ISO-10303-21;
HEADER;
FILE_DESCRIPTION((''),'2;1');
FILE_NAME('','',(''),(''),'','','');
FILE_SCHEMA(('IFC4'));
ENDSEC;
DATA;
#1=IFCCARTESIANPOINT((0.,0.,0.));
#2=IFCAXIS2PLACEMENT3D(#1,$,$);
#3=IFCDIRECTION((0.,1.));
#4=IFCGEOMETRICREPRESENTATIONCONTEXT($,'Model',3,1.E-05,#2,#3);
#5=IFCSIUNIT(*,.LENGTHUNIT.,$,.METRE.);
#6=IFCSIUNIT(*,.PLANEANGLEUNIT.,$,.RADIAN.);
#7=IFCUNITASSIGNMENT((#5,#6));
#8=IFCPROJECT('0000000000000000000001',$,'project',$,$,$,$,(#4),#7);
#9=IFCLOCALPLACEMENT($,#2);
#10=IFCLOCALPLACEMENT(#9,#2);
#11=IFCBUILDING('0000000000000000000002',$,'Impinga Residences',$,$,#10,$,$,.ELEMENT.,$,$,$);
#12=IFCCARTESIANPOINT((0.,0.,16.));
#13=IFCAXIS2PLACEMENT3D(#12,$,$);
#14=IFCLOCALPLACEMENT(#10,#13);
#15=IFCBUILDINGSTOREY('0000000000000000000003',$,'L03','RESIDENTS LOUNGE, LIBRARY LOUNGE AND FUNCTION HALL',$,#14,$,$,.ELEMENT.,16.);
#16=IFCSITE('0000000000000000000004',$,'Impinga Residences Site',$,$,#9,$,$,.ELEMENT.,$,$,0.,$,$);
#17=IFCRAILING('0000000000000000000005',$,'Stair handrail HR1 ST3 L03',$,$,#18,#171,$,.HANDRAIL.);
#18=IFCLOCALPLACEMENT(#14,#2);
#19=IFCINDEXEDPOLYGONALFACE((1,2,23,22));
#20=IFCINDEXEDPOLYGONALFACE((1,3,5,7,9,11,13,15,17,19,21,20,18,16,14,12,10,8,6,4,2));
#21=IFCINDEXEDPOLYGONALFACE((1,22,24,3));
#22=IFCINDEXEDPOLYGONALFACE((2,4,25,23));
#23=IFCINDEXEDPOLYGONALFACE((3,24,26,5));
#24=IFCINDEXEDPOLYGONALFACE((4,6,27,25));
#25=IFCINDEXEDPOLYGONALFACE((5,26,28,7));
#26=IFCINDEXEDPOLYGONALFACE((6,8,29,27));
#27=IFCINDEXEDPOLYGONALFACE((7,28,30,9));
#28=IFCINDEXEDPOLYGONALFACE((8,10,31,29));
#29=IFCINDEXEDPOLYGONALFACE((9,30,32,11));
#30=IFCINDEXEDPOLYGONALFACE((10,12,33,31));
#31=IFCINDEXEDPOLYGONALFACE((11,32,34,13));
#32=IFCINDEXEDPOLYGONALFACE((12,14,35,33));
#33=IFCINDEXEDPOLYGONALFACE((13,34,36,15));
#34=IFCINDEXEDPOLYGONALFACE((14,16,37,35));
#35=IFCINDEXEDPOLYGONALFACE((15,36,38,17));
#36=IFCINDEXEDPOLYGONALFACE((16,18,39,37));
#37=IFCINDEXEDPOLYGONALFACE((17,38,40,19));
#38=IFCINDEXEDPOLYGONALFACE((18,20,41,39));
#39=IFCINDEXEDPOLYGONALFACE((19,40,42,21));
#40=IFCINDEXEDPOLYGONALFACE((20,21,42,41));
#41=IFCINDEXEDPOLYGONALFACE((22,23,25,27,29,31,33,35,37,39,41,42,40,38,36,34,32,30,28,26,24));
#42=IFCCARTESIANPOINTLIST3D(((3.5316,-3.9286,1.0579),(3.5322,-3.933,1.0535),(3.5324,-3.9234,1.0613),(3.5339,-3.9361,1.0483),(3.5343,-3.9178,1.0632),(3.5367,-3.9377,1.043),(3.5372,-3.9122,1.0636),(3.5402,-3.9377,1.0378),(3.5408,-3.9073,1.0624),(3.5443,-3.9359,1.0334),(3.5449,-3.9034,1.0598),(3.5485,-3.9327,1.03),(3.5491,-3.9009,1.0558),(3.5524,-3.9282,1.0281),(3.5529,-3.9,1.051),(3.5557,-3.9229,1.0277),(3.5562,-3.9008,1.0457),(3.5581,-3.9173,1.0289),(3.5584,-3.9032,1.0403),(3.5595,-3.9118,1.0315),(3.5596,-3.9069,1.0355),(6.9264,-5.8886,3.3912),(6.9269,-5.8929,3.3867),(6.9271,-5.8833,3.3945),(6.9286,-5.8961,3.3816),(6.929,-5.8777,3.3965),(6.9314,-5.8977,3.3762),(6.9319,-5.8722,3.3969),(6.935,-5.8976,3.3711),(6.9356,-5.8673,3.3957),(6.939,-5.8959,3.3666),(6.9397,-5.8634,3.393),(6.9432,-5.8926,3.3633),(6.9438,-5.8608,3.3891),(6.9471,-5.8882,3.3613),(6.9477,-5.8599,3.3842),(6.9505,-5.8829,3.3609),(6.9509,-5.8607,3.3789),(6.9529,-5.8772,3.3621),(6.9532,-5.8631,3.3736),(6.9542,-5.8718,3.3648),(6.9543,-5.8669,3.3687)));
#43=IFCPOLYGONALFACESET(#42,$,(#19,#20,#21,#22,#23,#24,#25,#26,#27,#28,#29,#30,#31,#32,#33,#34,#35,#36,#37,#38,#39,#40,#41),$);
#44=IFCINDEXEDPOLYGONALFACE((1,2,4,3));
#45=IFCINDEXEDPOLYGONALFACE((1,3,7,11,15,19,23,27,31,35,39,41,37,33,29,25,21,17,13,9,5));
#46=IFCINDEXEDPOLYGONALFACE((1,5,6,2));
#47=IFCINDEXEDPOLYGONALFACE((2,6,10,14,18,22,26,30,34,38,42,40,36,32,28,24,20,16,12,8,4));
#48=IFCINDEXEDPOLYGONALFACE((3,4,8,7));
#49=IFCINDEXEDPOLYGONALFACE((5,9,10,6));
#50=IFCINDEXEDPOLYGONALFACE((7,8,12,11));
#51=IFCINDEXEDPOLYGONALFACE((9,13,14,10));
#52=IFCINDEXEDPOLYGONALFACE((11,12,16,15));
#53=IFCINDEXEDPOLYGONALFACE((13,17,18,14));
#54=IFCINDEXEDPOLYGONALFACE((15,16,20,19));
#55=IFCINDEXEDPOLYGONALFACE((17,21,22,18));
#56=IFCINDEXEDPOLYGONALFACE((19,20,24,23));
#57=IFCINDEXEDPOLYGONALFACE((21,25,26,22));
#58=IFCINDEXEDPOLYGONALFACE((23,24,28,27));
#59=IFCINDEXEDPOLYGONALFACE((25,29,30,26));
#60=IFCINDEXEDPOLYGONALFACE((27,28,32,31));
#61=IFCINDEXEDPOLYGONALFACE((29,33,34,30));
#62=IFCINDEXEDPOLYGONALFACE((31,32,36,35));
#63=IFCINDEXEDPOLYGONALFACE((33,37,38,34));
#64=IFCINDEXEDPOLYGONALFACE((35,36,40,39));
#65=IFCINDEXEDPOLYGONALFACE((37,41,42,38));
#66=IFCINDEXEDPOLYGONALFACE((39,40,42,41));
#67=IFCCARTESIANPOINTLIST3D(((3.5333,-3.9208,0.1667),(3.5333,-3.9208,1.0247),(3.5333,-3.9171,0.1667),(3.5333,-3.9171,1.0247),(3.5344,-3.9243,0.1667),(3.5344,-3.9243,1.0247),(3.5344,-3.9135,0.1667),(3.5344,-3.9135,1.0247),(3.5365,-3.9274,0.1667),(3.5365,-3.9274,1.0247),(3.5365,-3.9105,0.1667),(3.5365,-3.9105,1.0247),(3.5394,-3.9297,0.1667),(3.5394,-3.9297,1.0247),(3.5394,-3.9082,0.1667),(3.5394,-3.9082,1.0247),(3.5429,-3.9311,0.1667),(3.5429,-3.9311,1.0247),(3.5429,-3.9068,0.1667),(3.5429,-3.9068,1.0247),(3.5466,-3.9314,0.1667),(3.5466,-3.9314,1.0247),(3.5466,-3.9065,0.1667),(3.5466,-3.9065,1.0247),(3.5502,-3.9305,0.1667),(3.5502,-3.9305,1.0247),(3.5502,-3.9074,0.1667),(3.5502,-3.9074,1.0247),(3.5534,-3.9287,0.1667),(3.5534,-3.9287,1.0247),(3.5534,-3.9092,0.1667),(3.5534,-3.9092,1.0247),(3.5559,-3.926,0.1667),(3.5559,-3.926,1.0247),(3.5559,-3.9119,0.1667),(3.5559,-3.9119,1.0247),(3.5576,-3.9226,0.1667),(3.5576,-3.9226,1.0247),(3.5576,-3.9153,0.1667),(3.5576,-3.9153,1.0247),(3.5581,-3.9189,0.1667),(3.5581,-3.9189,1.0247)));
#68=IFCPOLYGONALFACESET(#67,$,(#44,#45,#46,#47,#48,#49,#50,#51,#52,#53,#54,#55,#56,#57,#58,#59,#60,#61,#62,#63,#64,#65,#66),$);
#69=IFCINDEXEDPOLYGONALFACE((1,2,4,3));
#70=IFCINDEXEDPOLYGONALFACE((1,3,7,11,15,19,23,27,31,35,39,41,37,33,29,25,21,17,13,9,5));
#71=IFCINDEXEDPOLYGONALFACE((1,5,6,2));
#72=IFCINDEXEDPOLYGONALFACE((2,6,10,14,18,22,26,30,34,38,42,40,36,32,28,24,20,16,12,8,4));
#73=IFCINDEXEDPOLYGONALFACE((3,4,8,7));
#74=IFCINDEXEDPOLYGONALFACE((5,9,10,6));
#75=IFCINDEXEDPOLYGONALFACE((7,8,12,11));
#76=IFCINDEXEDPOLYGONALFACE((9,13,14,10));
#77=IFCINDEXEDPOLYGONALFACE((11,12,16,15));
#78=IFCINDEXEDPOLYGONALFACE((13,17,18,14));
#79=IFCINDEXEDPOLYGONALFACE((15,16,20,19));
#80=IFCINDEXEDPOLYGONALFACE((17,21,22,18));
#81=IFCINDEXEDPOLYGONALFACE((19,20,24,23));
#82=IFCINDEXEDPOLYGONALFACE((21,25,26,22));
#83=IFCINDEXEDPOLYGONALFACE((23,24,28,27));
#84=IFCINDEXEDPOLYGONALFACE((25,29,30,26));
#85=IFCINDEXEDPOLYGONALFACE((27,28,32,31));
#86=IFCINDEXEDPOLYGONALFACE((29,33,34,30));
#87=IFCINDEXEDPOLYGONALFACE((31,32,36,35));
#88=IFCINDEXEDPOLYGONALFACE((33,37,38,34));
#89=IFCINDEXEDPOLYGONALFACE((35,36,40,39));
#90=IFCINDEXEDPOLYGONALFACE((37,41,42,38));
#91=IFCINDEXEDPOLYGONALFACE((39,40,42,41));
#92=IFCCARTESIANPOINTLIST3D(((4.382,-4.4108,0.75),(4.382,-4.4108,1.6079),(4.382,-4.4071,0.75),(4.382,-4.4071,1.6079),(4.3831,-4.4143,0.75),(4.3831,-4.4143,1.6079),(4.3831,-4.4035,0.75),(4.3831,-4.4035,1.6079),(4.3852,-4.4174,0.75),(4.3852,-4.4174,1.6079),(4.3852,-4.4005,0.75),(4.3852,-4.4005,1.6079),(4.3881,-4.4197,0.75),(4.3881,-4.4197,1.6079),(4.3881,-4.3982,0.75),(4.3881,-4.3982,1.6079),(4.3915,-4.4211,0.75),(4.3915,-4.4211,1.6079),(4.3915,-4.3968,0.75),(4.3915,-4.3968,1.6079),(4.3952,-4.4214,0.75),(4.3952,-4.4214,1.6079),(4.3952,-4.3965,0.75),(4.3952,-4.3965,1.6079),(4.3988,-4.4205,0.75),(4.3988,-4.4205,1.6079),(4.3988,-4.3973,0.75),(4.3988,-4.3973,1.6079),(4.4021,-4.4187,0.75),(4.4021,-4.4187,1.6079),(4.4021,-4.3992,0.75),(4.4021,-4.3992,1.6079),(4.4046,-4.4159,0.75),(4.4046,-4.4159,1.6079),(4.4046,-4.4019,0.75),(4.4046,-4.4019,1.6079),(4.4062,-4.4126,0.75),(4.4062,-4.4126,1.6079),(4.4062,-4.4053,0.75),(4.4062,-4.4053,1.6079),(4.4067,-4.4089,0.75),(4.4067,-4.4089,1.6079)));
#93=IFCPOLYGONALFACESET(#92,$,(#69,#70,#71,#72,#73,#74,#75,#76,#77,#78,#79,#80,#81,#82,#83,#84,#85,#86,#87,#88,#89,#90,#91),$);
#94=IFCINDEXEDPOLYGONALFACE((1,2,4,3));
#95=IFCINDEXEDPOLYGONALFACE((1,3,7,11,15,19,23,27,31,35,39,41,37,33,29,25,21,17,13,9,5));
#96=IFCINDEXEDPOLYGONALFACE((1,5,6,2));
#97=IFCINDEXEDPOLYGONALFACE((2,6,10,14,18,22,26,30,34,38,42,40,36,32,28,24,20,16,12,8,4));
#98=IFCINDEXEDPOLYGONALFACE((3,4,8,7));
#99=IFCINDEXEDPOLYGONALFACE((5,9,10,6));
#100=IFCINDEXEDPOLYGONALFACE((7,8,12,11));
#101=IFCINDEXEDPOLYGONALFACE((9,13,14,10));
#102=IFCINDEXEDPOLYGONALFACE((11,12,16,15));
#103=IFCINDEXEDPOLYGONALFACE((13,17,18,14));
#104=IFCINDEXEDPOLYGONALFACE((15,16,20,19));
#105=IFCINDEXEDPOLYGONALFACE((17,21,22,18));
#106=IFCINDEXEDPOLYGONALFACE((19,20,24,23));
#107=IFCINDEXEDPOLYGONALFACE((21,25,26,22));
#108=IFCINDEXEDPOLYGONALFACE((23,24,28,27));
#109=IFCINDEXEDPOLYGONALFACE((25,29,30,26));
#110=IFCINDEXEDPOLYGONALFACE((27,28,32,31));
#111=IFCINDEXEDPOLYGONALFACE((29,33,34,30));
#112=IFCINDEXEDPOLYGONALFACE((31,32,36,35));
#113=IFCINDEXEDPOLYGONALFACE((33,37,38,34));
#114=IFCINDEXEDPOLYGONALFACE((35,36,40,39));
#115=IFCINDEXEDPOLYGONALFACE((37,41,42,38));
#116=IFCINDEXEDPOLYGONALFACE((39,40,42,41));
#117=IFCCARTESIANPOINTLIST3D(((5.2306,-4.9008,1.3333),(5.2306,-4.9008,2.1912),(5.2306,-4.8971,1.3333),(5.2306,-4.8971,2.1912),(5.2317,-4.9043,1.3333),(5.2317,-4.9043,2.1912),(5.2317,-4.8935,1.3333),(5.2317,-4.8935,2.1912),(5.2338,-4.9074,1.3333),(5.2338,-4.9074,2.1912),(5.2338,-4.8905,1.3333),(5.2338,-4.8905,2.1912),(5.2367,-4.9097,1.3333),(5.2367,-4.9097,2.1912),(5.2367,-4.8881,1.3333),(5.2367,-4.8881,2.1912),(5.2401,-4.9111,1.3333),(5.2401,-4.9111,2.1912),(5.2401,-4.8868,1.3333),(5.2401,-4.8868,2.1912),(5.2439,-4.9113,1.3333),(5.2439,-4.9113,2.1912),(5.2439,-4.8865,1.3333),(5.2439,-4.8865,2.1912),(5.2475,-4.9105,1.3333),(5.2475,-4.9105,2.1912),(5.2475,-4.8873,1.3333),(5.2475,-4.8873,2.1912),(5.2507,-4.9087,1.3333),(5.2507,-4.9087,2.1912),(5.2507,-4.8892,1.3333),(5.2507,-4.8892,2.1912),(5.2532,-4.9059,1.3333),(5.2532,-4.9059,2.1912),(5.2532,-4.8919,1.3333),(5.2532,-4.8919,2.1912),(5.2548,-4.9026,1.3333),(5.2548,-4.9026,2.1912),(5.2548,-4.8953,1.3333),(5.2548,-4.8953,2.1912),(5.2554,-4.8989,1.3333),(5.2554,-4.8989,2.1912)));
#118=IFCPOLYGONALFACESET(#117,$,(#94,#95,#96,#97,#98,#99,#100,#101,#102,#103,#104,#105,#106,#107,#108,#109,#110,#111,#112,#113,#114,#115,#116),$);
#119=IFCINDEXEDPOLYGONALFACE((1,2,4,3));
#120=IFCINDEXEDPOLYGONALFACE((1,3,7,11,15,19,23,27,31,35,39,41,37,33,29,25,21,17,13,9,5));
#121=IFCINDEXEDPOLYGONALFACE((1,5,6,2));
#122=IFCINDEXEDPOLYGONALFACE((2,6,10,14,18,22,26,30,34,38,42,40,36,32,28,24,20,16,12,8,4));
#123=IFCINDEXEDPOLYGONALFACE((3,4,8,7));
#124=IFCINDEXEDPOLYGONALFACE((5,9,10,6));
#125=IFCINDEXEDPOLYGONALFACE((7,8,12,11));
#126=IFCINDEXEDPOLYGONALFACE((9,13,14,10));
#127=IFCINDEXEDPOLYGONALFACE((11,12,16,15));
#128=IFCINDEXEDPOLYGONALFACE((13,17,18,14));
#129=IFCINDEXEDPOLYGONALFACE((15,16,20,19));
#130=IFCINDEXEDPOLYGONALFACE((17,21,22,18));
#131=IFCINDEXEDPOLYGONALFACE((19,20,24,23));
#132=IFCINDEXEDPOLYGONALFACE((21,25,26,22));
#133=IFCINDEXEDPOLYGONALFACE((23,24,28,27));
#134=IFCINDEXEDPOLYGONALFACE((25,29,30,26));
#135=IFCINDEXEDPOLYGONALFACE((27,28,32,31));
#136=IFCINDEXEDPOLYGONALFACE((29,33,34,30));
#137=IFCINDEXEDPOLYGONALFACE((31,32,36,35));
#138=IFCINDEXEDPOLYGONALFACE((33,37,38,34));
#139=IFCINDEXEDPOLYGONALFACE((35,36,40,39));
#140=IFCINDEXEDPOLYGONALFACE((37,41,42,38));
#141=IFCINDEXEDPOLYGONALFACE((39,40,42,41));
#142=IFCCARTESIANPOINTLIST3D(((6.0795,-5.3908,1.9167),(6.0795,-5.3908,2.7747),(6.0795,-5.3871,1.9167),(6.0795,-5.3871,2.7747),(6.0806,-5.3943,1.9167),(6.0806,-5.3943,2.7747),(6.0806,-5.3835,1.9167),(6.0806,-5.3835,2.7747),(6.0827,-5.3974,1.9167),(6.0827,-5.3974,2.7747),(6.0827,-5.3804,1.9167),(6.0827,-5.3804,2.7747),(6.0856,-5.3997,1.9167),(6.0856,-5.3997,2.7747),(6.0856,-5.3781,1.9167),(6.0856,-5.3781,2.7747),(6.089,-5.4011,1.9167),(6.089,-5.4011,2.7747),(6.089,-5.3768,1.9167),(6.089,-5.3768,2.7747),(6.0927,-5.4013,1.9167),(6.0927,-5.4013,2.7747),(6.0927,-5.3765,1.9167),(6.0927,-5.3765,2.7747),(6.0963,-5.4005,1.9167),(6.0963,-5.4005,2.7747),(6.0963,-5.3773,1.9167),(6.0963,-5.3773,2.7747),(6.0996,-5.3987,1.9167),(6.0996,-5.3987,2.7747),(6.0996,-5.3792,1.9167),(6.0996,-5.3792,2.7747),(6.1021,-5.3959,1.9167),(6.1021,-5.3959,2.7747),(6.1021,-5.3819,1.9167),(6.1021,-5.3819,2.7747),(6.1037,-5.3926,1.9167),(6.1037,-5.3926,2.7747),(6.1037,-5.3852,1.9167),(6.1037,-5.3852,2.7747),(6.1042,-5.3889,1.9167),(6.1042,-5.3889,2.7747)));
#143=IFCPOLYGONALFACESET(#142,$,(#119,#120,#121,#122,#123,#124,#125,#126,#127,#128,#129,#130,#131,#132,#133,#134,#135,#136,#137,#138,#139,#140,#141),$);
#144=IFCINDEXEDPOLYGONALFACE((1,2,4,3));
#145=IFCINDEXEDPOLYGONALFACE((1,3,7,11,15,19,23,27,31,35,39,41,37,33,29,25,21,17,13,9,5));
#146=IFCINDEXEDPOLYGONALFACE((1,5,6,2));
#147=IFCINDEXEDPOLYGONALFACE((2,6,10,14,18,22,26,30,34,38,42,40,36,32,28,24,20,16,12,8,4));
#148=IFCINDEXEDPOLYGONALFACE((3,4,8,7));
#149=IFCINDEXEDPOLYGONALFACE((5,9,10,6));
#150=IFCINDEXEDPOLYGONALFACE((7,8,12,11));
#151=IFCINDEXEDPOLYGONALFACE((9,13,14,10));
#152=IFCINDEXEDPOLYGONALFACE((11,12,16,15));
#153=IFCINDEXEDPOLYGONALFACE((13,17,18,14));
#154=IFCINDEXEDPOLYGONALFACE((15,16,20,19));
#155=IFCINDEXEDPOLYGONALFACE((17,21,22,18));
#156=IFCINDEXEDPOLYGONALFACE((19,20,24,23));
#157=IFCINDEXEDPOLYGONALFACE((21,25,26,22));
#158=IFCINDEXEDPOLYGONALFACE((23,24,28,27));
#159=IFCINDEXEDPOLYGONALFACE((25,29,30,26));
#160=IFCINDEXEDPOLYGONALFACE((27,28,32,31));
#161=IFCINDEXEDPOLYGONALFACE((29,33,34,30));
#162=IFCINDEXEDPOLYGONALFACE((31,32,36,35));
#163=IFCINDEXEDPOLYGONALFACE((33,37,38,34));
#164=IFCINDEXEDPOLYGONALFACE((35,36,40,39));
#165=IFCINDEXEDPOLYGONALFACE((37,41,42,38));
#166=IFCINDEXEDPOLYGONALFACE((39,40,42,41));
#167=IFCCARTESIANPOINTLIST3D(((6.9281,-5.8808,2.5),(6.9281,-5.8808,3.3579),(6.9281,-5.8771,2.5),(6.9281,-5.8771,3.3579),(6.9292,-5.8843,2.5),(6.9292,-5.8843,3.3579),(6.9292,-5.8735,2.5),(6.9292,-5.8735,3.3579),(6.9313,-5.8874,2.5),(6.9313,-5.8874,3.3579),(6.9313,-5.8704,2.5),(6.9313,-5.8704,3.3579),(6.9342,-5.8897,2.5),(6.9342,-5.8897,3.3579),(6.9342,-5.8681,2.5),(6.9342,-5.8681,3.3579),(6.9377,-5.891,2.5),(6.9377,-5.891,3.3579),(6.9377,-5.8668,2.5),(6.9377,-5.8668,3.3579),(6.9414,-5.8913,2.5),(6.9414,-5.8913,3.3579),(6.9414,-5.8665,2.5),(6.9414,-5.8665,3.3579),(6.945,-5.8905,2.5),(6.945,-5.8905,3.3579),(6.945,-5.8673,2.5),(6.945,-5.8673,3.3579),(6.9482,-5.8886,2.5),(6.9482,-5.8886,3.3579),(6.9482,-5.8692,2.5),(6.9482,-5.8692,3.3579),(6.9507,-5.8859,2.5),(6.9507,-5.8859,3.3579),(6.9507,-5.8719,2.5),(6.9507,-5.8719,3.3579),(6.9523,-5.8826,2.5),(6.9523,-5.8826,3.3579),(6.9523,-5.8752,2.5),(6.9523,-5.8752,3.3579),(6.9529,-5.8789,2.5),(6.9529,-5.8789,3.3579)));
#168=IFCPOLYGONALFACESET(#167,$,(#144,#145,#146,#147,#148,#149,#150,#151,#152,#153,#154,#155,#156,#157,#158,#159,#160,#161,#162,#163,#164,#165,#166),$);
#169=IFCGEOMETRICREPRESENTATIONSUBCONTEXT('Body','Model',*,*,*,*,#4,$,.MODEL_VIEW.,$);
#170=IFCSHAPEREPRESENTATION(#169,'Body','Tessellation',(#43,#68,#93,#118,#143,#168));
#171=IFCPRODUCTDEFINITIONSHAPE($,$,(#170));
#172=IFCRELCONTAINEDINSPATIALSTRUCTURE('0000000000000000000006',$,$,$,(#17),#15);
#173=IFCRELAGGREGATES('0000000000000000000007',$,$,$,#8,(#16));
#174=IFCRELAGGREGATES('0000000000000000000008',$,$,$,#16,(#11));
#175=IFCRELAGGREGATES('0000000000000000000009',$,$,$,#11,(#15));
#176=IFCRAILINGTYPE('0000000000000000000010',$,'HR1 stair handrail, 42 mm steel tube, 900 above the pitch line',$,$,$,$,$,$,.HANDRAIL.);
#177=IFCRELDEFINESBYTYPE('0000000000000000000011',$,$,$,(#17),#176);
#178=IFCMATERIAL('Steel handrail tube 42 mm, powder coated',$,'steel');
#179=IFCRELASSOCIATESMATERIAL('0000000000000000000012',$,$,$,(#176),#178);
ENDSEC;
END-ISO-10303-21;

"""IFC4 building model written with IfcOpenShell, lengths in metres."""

from ifc_helpers import new_model, si_unit, direction, frame, origin, origin_2d, place, context, subcontext, project, spatial, circle, extrude, material, type_object, element, save


model = new_model("IFC4")

# Units and contexts
model_context = context("Model", 3, precision=1e-05, world=origin(), true_north=direction((0.0, 1.0)))
body_context = subcontext(model_context, "Body", "Model", "MODEL_VIEW")
ifc_project = project(units=[si_unit("LENGTHUNIT", "METRE"), si_unit("PLANEANGLEUNIT", "RADIAN")], contexts=[model_context])

# Site, building, storey
site_placement = place(None, origin())
site = spatial("IfcSite", under=ifc_project, at=site_placement, Name="Impinga Residences Site", CompositionType="ELEMENT", RefElevation=0.0)
building_placement = place(site_placement, origin())
building = spatial("IfcBuilding", under=site, at=building_placement, Name="Impinga Residences", CompositionType="ELEMENT")
storey_placement = place(building_placement, frame((0.0, 0.0, 16.0)))
storey = spatial("IfcBuildingStorey", under=building, at=storey_placement, Name="L03", Description="RESIDENTS LOUNGE, LIBRARY LOUNGE AND FUNCTION HALL", CompositionType="ELEMENT", Elevation=16.0)

# Railing
ifc_material_1 = material(Name="Steel handrail tube 42 mm, powder coated", Category="steel")
railing_type_1 = type_object("IfcRailingType", Name="HR1 stair handrail, 42 mm steel tube, 900 above the pitch line", PredefinedType="HANDRAIL", material=ifc_material_1)
railing_1_placement = place(storey_placement, frame((3.5457, -3.9189, 0.1667)))
element("IfcRailing", 1, at=railing_1_placement, inside=storey, type_object=railing_type_1, Name="Stair handrail HR1 ST3 L03", PredefinedType="HANDRAIL", context=body_context, shape_type="SweptSolid", body=[
    extrude(circle(Radius=0.021, at=origin_2d()), frame((0.0, 0.0, 0.8789), z_axis=(0.744175, -0.429646, 0.511476), x_axis=(0.499997, 0.866027, 0.0)), (0.0, 0.0, 1.0), 4.5618),
    extrude(circle(Radius=0.0125, at=origin_2d()), origin(), (0.0, 0.0, 1.0), 0.8579),
    extrude(circle(Radius=0.0125, at=origin_2d()), frame((0.8486, -0.49, 0.5833)), (0.0, 0.0, 1.0), 0.8579),
    extrude(circle(Radius=0.0125, at=origin_2d()), frame((1.6973, -0.98, 1.1665)), (0.0, 0.0, 1.0), 0.8579),
    extrude(circle(Radius=0.0125, at=origin_2d()), frame((2.5461, -1.47, 1.75)), (0.0, 0.0, 1.0), 0.8579),
    extrude(circle(Radius=0.0125, at=origin_2d()), frame((3.3948, -1.96, 2.3333)), (0.0, 0.0, 1.0), 0.8579),
])

save(model, "model.ifc")
